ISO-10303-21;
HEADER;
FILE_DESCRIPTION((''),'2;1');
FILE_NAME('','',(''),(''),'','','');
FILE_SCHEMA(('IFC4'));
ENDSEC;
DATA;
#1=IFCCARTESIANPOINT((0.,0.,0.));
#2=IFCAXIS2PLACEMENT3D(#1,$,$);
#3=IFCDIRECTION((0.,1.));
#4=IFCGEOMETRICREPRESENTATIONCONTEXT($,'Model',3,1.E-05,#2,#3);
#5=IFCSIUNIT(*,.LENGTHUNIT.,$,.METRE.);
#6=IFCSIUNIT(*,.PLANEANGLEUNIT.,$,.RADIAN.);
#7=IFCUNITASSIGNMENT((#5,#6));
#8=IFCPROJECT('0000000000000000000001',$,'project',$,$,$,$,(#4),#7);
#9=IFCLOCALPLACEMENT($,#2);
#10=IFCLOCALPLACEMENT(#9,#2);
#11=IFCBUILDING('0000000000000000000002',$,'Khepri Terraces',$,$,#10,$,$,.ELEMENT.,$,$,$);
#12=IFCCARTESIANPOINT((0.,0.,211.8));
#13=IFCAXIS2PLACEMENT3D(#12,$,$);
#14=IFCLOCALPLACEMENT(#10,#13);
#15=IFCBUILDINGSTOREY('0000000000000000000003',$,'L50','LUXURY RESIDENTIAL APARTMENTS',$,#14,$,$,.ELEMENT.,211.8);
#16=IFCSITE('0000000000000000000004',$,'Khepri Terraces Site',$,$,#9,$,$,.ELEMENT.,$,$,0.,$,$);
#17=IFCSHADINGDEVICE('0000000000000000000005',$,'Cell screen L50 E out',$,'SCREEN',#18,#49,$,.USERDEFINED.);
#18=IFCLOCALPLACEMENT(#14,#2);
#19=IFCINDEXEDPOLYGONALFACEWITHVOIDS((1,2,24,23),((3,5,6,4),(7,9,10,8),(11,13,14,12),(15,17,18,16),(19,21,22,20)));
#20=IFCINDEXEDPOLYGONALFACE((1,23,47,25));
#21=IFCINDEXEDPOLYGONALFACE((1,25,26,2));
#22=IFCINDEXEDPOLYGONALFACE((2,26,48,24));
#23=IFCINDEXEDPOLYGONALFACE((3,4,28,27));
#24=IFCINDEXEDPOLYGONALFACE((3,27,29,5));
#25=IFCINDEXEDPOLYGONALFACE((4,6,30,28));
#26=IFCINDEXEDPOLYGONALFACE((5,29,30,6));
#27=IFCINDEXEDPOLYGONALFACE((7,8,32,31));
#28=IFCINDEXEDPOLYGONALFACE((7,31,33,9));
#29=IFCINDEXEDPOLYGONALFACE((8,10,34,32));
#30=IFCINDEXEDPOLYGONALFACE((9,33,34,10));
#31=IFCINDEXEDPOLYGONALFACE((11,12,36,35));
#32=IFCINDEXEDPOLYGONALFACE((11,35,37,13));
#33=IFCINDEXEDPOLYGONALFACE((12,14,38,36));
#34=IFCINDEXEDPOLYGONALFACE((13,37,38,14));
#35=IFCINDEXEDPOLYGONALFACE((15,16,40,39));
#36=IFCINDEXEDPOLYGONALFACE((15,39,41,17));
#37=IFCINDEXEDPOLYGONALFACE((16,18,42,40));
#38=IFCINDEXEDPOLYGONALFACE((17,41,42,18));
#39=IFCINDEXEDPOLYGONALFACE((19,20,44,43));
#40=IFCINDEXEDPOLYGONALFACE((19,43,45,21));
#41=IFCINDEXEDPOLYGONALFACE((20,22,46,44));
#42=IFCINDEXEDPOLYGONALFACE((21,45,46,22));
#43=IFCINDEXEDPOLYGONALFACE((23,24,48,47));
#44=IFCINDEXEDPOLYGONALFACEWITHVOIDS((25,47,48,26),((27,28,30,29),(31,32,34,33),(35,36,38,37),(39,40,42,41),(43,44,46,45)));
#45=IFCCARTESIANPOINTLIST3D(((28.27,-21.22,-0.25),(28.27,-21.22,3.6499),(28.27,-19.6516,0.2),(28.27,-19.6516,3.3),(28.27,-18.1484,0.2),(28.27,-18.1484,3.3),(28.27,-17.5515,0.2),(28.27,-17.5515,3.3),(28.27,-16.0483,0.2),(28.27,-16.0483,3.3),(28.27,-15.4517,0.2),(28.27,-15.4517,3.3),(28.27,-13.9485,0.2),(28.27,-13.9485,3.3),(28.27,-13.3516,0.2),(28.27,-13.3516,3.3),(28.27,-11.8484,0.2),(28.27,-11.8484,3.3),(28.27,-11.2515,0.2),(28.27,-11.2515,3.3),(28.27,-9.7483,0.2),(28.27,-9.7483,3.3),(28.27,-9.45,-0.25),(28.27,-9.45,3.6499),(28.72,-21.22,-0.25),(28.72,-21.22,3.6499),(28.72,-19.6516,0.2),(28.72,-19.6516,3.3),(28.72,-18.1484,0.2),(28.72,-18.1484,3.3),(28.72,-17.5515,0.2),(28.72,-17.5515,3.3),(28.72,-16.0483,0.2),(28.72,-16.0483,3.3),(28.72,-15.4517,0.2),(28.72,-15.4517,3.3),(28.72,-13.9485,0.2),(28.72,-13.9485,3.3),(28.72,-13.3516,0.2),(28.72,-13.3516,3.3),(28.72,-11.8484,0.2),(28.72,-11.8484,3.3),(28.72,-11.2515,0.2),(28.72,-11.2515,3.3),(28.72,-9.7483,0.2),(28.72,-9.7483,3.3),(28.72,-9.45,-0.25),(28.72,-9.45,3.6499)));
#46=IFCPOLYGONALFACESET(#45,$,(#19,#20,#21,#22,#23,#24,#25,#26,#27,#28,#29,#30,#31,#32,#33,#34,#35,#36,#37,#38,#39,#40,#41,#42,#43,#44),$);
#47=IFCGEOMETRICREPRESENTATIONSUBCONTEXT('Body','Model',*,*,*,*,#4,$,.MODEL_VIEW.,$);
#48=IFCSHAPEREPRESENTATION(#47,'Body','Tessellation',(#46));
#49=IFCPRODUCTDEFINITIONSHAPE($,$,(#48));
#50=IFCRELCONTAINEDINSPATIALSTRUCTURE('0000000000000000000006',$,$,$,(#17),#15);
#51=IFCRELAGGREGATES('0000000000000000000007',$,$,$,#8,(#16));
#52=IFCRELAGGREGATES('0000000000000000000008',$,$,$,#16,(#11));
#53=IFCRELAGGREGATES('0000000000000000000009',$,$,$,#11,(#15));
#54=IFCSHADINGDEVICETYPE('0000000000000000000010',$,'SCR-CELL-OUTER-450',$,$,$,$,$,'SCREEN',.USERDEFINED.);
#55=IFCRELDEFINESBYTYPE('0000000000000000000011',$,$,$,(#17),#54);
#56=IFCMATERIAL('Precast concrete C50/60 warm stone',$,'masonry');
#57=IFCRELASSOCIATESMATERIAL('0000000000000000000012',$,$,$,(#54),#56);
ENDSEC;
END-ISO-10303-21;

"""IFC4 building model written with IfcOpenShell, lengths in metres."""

from ifc_helpers import new_model, si_unit, direction, frame, origin, place, context, subcontext, project, spatial, polyline, outline, extrude, material, type_object, element, save


model = new_model("IFC4")

# Units and contexts
model_context = context("Model", 3, precision=1e-05, world=origin(), true_north=direction((0.0, 1.0)))
body_context = subcontext(model_context, "Body", "Model", "MODEL_VIEW")
ifc_project = project(units=[si_unit("LENGTHUNIT", "METRE"), si_unit("PLANEANGLEUNIT", "RADIAN")], contexts=[model_context])

# Site, building, storey
site_placement = place(None, origin())
site = spatial("IfcSite", under=ifc_project, at=site_placement, Name="Khepri Terraces Site", CompositionType="ELEMENT", RefElevation=0.0)
building_placement = place(site_placement, origin())
building = spatial("IfcBuilding", under=site, at=building_placement, Name="Khepri Terraces", CompositionType="ELEMENT")
storey_placement = place(building_placement, frame((0.0, 0.0, 211.8)))
storey = spatial("IfcBuildingStorey", under=building, at=storey_placement, Name="L50", Description="LUXURY RESIDENTIAL APARTMENTS", CompositionType="ELEMENT", Elevation=211.8)

# Shared definitions
ifc_material_1 = material(Name="Precast concrete C50/60 warm stone", Category="masonry")

# Shading device
shading_device_type_1 = type_object("IfcShadingDeviceType", Name="SCR-CELL-OUTER-450", ElementType="SCREEN", PredefinedType="USERDEFINED", material=ifc_material_1)
shading_device_1_placement = place(storey_placement, frame((28.27, -21.22, -0.25), z_axis=(1.0, 0.0, 0.0), x_axis=(0.0, 1.0, 0.0)))
element("IfcShadingDevice", 1, at=shading_device_1_placement, inside=storey, type_object=shading_device_type_1, Name="Cell screen L50 E out", ObjectType="SCREEN", PredefinedType="USERDEFINED", context=body_context, shape_type="SweptSolid", body=[
    extrude(outline(polyline([(0.0, 0.0), (11.77, 0.0), (11.77, 3.8999), (0.0, 3.8999), (0.0, 0.0)]), holes=[polyline([(1.5684, 0.45), (3.0715, 0.45), (3.0715, 3.55), (1.5684, 3.55), (1.5684, 0.45)]), polyline([(3.6685, 0.45), (5.1716, 0.45), (5.1716, 3.55), (3.6685, 3.55), (3.6685, 0.45)]), polyline([(5.7683, 0.45), (7.2715, 0.45), (7.2715, 3.55), (5.7683, 3.55), (5.7683, 0.45)]), polyline([(7.8684, 0.45), (9.3716, 0.45), (9.3716, 3.55), (7.8684, 3.55), (7.8684, 0.45)]), polyline([(9.9685, 0.45), (11.4717, 0.45), (11.4717, 3.55), (9.9685, 3.55), (9.9685, 0.45)])]), origin(), (0.0, 0.0, 1.0), 0.45),
])

save(model, "model.ifc")
